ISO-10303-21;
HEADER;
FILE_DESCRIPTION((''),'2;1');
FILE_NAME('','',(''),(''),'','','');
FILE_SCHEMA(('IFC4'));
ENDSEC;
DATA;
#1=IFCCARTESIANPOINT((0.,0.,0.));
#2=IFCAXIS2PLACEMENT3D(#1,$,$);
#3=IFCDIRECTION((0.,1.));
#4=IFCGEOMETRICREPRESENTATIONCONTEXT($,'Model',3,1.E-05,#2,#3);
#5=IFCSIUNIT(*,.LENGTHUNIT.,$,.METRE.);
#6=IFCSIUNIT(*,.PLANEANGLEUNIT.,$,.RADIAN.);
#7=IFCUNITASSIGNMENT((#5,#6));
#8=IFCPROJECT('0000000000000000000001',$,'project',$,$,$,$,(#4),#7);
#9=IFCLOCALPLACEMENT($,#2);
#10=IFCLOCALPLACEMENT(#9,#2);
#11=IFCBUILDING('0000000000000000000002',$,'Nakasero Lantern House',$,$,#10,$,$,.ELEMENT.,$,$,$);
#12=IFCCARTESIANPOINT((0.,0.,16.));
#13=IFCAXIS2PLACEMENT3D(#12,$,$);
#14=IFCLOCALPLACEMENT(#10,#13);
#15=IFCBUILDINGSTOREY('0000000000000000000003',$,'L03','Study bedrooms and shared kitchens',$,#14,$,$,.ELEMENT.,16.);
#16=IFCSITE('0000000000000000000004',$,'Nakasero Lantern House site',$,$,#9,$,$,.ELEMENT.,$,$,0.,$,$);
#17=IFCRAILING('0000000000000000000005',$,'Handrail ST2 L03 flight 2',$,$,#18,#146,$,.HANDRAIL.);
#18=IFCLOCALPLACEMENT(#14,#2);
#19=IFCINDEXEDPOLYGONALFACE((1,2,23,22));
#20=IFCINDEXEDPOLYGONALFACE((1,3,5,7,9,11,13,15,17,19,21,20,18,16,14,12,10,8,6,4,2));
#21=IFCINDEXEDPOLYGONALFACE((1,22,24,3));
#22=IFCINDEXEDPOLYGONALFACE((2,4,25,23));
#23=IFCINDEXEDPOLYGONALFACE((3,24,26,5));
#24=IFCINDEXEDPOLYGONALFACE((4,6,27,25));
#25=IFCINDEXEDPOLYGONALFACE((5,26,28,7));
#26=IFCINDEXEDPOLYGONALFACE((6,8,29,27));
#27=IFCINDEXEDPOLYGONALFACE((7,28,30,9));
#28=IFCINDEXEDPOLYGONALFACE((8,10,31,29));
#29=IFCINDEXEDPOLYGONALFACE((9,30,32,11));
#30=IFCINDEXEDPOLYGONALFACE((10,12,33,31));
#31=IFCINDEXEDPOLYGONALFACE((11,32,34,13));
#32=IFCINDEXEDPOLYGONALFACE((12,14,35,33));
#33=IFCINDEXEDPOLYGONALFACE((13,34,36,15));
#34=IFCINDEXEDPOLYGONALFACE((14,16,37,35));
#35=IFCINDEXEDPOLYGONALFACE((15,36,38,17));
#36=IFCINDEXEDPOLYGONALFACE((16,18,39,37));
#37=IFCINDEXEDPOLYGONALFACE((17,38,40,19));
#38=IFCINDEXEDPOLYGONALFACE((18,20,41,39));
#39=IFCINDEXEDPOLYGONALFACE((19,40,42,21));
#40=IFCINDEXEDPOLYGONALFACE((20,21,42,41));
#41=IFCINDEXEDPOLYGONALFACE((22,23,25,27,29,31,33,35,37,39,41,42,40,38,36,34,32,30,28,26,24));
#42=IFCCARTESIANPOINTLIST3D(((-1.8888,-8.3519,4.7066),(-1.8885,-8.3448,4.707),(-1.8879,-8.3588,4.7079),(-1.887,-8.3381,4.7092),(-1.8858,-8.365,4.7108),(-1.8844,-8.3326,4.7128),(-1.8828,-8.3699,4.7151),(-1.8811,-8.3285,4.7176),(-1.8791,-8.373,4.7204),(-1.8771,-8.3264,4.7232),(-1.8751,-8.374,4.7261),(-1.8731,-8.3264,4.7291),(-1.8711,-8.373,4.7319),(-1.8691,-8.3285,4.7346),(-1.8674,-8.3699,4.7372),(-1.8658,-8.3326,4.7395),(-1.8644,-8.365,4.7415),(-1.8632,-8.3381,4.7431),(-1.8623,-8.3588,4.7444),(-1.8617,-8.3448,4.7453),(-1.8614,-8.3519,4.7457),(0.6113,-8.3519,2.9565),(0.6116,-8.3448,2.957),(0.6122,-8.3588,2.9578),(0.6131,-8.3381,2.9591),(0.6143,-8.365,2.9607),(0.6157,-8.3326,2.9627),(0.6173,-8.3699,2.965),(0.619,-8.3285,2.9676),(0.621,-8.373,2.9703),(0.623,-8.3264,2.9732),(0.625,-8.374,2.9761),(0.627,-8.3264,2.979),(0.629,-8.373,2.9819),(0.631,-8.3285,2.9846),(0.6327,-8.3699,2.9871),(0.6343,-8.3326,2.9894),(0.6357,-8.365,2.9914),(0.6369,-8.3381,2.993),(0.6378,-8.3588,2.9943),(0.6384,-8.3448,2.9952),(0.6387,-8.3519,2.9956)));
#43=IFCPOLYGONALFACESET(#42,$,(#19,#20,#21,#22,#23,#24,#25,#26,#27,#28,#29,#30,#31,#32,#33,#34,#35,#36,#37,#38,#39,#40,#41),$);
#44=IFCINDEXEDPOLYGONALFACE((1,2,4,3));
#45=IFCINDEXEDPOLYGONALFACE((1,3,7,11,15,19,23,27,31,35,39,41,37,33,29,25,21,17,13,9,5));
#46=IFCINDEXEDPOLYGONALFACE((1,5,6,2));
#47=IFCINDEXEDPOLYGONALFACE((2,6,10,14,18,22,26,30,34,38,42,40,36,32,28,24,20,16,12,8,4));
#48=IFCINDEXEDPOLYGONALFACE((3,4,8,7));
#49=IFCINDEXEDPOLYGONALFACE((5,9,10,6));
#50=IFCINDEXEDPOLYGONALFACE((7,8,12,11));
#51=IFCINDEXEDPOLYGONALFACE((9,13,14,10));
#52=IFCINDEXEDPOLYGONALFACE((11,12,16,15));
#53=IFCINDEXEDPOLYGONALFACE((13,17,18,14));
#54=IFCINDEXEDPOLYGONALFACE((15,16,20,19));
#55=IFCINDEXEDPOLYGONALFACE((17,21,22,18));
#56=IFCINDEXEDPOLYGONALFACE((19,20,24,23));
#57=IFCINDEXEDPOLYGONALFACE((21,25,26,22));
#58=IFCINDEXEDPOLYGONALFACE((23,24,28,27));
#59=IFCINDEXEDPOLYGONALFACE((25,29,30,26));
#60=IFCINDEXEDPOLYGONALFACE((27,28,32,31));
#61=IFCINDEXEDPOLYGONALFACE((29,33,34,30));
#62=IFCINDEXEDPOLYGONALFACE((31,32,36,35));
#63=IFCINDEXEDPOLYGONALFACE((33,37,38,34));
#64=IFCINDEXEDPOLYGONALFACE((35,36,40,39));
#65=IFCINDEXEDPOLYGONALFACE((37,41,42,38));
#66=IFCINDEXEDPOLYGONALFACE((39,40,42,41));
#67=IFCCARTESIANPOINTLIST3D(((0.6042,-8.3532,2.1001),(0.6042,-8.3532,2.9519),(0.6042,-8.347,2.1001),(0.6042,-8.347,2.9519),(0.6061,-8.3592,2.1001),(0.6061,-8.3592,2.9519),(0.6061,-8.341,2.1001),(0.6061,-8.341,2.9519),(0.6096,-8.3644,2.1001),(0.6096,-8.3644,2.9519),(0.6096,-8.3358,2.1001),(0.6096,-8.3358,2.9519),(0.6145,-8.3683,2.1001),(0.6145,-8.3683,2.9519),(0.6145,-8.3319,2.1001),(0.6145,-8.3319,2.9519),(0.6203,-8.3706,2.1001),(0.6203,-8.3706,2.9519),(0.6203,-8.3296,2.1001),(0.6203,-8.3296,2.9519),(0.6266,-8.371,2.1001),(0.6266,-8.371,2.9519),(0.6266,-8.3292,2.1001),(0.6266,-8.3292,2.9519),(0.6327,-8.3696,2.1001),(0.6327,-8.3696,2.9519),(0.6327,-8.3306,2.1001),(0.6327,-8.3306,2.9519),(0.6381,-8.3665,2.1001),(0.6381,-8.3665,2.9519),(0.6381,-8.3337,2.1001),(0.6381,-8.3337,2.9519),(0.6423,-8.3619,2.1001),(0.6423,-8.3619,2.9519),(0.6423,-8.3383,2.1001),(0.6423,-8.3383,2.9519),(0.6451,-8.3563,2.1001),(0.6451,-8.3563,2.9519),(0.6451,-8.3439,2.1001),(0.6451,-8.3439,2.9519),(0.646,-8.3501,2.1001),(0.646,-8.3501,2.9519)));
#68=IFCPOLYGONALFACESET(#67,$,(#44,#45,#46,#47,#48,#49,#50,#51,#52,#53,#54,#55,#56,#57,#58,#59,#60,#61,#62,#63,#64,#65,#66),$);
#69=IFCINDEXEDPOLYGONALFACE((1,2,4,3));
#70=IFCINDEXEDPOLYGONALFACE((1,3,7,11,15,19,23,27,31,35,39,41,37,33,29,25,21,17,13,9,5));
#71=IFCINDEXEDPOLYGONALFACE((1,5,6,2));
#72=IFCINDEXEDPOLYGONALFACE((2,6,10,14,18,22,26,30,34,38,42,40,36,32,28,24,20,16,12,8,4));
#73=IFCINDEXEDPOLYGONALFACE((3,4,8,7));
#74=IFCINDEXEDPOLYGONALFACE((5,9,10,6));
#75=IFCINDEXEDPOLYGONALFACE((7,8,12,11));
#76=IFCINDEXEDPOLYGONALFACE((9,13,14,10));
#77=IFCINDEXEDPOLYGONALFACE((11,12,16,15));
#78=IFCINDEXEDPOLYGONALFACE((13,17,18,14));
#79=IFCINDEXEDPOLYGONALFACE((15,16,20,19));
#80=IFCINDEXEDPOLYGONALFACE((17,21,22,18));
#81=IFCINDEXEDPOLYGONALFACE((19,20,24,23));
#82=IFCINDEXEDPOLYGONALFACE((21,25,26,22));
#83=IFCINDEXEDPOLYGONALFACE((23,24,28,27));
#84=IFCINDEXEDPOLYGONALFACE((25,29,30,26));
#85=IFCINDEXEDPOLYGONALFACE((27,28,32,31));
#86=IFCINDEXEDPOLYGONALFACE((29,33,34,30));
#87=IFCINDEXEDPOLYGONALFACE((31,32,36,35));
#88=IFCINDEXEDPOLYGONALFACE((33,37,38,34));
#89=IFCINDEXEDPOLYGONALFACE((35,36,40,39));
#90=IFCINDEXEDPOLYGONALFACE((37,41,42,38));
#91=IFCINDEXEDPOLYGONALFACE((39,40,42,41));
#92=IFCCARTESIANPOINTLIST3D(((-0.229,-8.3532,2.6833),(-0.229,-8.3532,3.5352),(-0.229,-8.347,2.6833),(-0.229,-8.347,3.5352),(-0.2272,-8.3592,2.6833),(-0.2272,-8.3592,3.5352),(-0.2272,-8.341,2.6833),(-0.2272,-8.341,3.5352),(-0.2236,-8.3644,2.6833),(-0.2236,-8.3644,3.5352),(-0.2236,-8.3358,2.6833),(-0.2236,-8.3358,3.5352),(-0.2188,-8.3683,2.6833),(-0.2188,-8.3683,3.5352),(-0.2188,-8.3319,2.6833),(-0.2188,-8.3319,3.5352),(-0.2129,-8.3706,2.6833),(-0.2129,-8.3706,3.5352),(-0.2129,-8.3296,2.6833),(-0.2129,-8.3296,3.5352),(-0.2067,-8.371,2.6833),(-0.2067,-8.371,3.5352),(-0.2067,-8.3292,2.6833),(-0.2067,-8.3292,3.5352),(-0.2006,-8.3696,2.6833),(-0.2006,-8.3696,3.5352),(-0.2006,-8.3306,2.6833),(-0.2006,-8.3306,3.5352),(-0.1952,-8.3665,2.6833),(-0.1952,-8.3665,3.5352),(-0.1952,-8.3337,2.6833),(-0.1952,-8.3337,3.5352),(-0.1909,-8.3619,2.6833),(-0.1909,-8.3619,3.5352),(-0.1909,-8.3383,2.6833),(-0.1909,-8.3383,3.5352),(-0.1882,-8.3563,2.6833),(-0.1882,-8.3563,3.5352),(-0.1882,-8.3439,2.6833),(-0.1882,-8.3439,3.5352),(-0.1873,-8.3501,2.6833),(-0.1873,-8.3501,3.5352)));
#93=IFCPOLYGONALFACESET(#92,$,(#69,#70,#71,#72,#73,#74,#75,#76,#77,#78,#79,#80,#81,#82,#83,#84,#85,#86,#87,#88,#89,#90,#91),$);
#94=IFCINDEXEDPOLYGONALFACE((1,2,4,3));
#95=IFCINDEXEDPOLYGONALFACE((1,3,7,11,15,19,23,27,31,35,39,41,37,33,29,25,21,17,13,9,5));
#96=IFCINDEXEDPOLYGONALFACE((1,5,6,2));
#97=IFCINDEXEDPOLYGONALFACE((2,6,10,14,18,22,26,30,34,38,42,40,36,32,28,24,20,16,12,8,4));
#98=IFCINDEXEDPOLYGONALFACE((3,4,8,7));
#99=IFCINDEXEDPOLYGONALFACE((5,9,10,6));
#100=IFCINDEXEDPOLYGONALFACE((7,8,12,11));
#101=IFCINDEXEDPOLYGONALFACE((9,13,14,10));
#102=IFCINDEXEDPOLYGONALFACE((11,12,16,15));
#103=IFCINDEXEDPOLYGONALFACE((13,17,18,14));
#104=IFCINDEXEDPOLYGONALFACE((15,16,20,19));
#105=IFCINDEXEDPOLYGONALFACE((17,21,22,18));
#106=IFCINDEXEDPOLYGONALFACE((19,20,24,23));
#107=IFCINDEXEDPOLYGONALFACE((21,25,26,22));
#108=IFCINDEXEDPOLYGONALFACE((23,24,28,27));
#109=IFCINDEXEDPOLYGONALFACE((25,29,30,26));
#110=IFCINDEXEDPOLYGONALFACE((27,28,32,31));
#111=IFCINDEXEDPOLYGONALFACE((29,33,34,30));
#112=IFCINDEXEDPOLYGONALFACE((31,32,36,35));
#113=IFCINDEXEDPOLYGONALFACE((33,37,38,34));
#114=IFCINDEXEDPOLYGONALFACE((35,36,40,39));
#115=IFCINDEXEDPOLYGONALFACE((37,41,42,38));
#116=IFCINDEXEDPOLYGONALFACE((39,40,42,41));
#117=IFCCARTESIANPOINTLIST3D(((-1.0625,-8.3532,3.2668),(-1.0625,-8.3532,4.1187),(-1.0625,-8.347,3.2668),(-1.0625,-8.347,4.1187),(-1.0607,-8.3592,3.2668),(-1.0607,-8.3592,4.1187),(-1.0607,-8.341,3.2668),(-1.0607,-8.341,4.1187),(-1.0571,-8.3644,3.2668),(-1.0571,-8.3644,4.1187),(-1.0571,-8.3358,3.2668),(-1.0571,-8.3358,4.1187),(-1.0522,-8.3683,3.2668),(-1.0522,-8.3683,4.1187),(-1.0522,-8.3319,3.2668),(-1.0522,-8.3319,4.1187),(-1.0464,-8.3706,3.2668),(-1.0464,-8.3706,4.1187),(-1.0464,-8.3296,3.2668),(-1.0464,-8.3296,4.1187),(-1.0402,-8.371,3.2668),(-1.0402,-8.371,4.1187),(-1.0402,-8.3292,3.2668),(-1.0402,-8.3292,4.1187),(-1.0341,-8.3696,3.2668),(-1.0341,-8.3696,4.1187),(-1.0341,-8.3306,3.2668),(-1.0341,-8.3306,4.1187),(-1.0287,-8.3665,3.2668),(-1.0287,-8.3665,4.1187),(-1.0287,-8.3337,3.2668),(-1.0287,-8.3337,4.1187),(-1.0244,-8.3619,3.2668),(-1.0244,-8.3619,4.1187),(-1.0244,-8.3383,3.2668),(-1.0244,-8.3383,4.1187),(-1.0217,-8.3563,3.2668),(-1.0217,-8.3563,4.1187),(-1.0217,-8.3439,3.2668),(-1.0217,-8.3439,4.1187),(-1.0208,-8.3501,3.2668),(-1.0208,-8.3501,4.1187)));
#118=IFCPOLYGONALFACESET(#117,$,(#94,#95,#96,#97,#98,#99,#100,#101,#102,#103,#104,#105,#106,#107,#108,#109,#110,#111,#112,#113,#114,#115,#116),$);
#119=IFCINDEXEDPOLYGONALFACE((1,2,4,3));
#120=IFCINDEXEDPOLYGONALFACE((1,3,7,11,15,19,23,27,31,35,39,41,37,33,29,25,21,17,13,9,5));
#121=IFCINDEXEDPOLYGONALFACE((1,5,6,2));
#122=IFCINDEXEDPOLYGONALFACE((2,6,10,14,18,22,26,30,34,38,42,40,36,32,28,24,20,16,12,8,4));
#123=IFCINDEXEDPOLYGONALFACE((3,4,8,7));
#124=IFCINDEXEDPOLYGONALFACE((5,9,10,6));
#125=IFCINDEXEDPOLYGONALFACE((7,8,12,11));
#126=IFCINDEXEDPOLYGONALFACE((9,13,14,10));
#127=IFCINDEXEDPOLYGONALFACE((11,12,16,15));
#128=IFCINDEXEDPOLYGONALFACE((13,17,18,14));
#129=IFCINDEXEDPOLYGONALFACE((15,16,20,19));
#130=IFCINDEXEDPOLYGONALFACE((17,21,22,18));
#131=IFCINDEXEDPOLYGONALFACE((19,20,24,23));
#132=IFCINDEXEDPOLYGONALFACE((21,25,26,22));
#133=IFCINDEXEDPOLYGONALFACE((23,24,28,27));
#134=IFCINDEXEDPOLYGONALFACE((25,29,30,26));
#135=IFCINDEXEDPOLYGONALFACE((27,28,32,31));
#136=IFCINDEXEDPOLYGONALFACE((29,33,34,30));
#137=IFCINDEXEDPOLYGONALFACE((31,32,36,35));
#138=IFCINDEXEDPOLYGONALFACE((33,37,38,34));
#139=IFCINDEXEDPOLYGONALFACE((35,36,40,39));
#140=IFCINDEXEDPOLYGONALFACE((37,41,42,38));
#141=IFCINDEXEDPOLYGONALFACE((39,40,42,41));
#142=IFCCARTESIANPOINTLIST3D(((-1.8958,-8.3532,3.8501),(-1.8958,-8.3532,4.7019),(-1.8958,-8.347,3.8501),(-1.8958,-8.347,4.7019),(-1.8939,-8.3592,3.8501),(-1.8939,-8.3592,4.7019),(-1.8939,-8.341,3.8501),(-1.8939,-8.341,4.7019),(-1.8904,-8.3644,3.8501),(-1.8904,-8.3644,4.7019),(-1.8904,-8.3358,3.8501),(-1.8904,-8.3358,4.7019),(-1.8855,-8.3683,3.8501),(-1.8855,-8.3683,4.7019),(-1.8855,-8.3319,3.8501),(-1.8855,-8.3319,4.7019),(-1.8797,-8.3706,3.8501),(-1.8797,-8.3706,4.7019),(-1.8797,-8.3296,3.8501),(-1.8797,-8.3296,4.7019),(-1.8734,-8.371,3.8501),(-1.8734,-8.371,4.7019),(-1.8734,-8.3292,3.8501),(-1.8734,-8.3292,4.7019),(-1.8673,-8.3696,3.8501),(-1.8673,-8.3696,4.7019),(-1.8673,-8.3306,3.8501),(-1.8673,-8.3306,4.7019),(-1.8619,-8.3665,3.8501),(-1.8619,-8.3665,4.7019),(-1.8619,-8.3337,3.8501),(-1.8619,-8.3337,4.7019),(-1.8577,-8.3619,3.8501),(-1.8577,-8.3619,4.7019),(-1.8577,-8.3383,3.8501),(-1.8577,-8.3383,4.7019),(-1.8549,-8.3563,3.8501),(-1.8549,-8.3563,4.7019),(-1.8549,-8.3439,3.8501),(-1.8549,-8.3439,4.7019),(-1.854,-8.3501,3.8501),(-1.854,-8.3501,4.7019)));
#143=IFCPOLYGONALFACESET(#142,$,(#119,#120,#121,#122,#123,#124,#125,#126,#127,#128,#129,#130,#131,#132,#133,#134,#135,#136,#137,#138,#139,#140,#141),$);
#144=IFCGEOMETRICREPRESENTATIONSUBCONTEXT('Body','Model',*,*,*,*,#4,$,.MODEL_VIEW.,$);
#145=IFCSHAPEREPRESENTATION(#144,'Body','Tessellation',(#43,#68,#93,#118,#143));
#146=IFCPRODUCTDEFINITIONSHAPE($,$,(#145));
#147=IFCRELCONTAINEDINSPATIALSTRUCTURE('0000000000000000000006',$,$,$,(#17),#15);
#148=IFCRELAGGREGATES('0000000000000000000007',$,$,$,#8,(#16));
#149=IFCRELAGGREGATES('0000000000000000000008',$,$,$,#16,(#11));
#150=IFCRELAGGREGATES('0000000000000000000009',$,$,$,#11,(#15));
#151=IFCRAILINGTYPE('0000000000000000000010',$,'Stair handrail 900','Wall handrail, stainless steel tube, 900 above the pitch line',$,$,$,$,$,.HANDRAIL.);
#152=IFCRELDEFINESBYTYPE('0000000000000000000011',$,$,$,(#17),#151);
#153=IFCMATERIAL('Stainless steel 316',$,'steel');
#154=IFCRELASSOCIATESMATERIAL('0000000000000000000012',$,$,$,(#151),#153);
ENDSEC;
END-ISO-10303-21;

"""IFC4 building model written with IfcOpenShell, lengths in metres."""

from ifc_helpers import new_model, si_unit, direction, frame, origin, origin_2d, place, context, subcontext, project, spatial, circle, extrude, material, type_object, element, save


model = new_model("IFC4")

# Units and contexts
model_context = context("Model", 3, precision=1e-05, world=origin(), true_north=direction((0.0, 1.0)))
body_context = subcontext(model_context, "Body", "Model", "MODEL_VIEW")
ifc_project = project(units=[si_unit("LENGTHUNIT", "METRE"), si_unit("PLANEANGLEUNIT", "RADIAN")], contexts=[model_context])

# Site, building, storey
site_placement = place(None, origin())
site = spatial("IfcSite", under=ifc_project, at=site_placement, Name="Nakasero Lantern House site", CompositionType="ELEMENT", RefElevation=0.0)
building_placement = place(site_placement, origin())
building = spatial("IfcBuilding", under=site, at=building_placement, Name="Nakasero Lantern House", CompositionType="ELEMENT")
storey_placement = place(building_placement, frame((0.0, 0.0, 16.0)))
storey = spatial("IfcBuildingStorey", under=building, at=storey_placement, Name="L03", Description="Study bedrooms and shared kitchens", CompositionType="ELEMENT", Elevation=16.0)

# Railing
ifc_material_1 = material(Name="Stainless steel 316", Category="steel")
railing_type = type_object("IfcRailingType", Name="Stair handrail 900", Description="Wall handrail, stainless steel tube, 900 above the pitch line", PredefinedType="HANDRAIL", material=ifc_material_1)
railing_placement = place(storey_placement, frame((0.625, -8.3501, 2.1001)))
element("IfcRailing", 1, at=railing_placement, inside=storey, type_object=railing_type, Name="Handrail ST2 L03 flight 2", PredefinedType="HANDRAIL", context=body_context, shape_type="SweptSolid", body=[
    extrude(circle(Radius=0.0239, at=origin_2d()), frame((0.0, 0.0, 0.876), z_axis=(-0.819232, 0.0, 0.573462), x_axis=(0.0, -1.0, 0.0)), (0.0, 0.0, 1.0), 3.0518),
    extrude(circle(Radius=0.021, at=origin_2d()), origin(), (0.0, 0.0, 1.0), 0.8518),
    extrude(circle(Radius=0.021, at=origin_2d()), frame((-0.8333, 0.0, 0.5833)), (0.0, 0.0, 1.0), 0.8518),
    extrude(circle(Radius=0.021, at=origin_2d()), frame((-1.6667, 0.0, 1.1667)), (0.0, 0.0, 1.0), 0.8518),
    extrude(circle(Radius=0.021, at=origin_2d()), frame((-2.5, 0.0, 1.75)), (0.0, 0.0, 1.0), 0.8518),
])

save(model, "model.ifc")
